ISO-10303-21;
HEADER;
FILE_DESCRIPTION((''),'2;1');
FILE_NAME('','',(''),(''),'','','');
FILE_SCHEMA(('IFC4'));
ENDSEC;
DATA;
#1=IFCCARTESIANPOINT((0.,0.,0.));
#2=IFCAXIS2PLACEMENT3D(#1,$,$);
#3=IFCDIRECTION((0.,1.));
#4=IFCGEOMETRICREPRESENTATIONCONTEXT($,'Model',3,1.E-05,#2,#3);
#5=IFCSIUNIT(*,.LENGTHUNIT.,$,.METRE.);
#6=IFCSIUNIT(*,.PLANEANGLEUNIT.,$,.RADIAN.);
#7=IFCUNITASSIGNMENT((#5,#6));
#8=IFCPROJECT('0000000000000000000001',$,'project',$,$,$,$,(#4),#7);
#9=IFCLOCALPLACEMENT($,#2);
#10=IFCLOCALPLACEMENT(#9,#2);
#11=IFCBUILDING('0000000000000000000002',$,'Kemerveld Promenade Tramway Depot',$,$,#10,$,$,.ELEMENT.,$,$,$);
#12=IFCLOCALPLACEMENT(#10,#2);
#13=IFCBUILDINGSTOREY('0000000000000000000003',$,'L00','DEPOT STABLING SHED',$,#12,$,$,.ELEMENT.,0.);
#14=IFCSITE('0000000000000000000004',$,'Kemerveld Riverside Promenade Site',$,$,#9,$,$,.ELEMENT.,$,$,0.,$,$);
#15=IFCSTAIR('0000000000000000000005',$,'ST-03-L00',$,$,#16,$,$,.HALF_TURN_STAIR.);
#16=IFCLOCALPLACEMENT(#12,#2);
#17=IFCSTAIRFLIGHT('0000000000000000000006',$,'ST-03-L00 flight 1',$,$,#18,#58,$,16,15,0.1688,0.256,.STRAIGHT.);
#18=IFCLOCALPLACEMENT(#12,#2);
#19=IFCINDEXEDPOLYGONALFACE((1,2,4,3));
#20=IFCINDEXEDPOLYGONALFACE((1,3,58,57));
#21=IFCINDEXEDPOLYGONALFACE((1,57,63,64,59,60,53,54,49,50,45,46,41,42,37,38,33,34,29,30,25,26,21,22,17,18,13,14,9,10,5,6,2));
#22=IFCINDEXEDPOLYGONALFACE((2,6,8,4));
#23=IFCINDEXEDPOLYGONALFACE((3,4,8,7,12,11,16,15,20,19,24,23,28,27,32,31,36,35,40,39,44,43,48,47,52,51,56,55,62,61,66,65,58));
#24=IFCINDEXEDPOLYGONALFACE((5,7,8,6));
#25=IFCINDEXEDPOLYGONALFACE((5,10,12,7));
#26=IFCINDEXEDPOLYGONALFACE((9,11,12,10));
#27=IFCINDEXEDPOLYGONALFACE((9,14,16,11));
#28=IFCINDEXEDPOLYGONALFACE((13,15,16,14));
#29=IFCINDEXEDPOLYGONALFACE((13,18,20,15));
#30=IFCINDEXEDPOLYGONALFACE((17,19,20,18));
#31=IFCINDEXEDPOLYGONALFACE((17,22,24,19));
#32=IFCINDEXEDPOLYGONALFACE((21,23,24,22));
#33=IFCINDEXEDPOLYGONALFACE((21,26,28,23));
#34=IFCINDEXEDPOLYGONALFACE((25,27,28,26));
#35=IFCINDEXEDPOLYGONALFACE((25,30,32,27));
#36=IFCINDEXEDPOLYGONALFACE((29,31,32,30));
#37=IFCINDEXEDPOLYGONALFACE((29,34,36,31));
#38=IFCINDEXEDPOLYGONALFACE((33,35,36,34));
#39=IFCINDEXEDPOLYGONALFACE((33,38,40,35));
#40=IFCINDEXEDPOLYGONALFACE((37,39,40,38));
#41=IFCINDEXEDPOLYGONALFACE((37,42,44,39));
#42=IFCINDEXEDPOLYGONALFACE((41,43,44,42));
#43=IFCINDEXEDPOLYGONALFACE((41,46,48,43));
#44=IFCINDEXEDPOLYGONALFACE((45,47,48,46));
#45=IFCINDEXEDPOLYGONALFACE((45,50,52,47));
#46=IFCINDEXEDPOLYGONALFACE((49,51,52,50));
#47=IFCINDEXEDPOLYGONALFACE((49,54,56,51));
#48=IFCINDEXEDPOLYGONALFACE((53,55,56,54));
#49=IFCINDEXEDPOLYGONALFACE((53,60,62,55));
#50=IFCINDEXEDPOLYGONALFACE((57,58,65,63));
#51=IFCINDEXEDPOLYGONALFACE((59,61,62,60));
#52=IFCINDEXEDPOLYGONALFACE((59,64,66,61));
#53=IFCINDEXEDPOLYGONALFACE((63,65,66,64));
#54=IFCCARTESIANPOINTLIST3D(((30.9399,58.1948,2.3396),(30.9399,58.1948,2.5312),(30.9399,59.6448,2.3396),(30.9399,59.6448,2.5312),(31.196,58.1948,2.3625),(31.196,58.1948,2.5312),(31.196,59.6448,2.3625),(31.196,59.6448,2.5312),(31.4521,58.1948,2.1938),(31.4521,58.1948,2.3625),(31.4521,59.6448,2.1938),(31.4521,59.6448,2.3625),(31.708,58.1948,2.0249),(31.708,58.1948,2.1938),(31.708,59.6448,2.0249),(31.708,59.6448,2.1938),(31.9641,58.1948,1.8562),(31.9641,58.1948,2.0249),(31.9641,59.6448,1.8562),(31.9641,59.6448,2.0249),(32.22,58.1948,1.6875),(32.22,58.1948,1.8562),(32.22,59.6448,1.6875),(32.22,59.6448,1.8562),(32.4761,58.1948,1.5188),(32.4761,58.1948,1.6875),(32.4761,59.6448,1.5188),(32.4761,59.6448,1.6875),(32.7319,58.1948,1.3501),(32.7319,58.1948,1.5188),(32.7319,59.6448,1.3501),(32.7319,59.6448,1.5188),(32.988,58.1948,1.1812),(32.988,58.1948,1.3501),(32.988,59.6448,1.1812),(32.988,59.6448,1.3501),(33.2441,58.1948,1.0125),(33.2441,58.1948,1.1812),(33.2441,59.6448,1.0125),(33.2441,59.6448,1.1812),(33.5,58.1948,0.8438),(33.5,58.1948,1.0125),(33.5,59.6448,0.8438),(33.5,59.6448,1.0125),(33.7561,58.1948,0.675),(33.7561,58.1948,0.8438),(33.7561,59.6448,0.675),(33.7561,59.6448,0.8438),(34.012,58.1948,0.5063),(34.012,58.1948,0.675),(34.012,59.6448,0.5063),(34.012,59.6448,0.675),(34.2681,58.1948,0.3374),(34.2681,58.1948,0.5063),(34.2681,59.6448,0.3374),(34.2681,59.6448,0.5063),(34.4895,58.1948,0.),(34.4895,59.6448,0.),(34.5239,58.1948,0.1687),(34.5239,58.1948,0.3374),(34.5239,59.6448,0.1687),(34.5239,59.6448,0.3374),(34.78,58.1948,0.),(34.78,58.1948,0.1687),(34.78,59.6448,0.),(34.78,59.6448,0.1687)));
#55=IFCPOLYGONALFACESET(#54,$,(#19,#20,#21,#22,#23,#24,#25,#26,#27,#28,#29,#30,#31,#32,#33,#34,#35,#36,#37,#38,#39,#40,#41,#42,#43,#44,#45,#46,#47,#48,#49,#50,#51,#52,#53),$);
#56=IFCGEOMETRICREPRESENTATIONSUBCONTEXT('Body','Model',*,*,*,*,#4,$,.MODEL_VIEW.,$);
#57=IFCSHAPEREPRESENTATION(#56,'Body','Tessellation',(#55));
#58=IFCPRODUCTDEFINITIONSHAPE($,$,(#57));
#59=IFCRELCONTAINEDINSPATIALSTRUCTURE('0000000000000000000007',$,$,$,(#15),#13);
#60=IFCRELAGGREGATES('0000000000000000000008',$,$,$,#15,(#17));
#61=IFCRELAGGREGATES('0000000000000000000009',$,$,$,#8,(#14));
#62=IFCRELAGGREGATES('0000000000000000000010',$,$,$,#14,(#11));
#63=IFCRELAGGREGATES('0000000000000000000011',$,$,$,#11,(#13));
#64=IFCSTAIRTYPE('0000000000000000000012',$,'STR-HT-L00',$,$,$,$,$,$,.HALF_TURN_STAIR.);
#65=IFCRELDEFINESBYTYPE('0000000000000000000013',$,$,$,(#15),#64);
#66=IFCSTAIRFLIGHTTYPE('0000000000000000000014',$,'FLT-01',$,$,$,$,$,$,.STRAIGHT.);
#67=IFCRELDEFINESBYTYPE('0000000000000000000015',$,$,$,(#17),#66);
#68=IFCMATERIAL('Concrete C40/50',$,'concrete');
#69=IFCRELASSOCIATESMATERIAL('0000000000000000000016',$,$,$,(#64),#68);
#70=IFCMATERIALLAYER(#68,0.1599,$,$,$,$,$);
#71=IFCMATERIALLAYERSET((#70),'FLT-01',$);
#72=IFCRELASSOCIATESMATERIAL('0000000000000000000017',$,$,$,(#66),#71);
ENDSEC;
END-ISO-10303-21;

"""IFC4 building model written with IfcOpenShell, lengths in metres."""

from ifc_helpers import new_model, si_unit, direction, frame, origin, place, context, subcontext, project, spatial, polyline, outline, extrude, material, layer, layer_set, type_object, element, aggregate, save


model = new_model("IFC4")

# Units and contexts
model_context = context("Model", 3, precision=1e-05, world=origin(), true_north=direction((0.0, 1.0)))
body_context = subcontext(model_context, "Body", "Model", "MODEL_VIEW")
ifc_project = project(units=[si_unit("LENGTHUNIT", "METRE"), si_unit("PLANEANGLEUNIT", "RADIAN")], contexts=[model_context])

# Site, building, storey
site_placement = place(None, origin())
site = spatial("IfcSite", under=ifc_project, at=site_placement, Name="Kemerveld Riverside Promenade Site", CompositionType="ELEMENT", RefElevation=0.0)
building_placement = place(site_placement, origin())
building = spatial("IfcBuilding", under=site, at=building_placement, Name="Kemerveld Promenade Tramway Depot", CompositionType="ELEMENT")
storey_placement = place(building_placement, origin())
storey = spatial("IfcBuildingStorey", under=building, at=storey_placement, Name="L00", Description="DEPOT STABLING SHED", CompositionType="ELEMENT", Elevation=0.0)

# Shared definitions
ifc_material_1 = material(Name="Concrete C40/50", Category="concrete")

# Stair, stair flight
stair_type = type_object("IfcStairType", Name="STR-HT-L00", PredefinedType="HALF_TURN_STAIR", material=ifc_material_1)
stair_placement = place(storey_placement, origin())
stair = element("IfcStair", 1, at=stair_placement, inside=storey, type_object=stair_type, Name="ST-03-L00", PredefinedType="HALF_TURN_STAIR")
ifc_layer_1 = layer(ifc_material_1, 0.1599)
ifc_layer_set_1 = layer_set([ifc_layer_1], Name="FLT-01")
stair_flight_type = type_object("IfcStairFlightType", Name="FLT-01", PredefinedType="STRAIGHT", material=ifc_layer_set_1)
stair_flight_placement = place(storey_placement, frame((34.78, 58.9199, 0.0), z_axis=(0.0, 0.0, 1.0), x_axis=(-1.0, 0.0, 0.0)))
stair_flight = element("IfcStairFlight", 2, at=stair_flight_placement, type_object=stair_flight_type, Name="ST-03-L00 flight 1", NumberOfRisers=16, NumberOfTreads=15, PredefinedType="STRAIGHT", RiserHeight=0.1688, TreadLength=0.256, context=body_context, shape_type="SweptSolid", body=[
    extrude(outline(polyline([(0.0, 0.0), (0.0, 0.1687), (0.2561, 0.1687), (0.2561, 0.3374), (0.512, 0.3374), (0.512, 0.5063), (0.7681, 0.5063), (0.7681, 0.675), (1.0239, 0.675), (1.0239, 0.8438), (1.28, 0.8438), (1.28, 1.0125), (1.5359, 1.0125), (1.5359, 1.1812), (1.792, 1.1812), (1.792, 1.3501), (2.0481, 1.3501), (2.0481, 1.5188), (2.304, 1.5188), (2.304, 1.6875), (2.5601, 1.6875), (2.5601, 1.8562), (2.8159, 1.8562), (2.8159, 2.0249), (3.072, 2.0249), (3.072, 2.1938), (3.3279, 2.1938), (3.3279, 2.3625), (3.584, 2.3625), (3.584, 2.5312), (3.8401, 2.5312), (3.8401, 2.7), (3.8401, 2.3396), (0.2905, 0.0), (0.0, 0.0)])), frame((0.0, 0.7251, 0.0), z_axis=(0.0, -1.0, 0.0), x_axis=(1.0, 0.0, 0.0)), (0.0, 0.0, 1.0), 1.45),
])
aggregate(stair, [stair_flight])

save(model, "model.ifc")
